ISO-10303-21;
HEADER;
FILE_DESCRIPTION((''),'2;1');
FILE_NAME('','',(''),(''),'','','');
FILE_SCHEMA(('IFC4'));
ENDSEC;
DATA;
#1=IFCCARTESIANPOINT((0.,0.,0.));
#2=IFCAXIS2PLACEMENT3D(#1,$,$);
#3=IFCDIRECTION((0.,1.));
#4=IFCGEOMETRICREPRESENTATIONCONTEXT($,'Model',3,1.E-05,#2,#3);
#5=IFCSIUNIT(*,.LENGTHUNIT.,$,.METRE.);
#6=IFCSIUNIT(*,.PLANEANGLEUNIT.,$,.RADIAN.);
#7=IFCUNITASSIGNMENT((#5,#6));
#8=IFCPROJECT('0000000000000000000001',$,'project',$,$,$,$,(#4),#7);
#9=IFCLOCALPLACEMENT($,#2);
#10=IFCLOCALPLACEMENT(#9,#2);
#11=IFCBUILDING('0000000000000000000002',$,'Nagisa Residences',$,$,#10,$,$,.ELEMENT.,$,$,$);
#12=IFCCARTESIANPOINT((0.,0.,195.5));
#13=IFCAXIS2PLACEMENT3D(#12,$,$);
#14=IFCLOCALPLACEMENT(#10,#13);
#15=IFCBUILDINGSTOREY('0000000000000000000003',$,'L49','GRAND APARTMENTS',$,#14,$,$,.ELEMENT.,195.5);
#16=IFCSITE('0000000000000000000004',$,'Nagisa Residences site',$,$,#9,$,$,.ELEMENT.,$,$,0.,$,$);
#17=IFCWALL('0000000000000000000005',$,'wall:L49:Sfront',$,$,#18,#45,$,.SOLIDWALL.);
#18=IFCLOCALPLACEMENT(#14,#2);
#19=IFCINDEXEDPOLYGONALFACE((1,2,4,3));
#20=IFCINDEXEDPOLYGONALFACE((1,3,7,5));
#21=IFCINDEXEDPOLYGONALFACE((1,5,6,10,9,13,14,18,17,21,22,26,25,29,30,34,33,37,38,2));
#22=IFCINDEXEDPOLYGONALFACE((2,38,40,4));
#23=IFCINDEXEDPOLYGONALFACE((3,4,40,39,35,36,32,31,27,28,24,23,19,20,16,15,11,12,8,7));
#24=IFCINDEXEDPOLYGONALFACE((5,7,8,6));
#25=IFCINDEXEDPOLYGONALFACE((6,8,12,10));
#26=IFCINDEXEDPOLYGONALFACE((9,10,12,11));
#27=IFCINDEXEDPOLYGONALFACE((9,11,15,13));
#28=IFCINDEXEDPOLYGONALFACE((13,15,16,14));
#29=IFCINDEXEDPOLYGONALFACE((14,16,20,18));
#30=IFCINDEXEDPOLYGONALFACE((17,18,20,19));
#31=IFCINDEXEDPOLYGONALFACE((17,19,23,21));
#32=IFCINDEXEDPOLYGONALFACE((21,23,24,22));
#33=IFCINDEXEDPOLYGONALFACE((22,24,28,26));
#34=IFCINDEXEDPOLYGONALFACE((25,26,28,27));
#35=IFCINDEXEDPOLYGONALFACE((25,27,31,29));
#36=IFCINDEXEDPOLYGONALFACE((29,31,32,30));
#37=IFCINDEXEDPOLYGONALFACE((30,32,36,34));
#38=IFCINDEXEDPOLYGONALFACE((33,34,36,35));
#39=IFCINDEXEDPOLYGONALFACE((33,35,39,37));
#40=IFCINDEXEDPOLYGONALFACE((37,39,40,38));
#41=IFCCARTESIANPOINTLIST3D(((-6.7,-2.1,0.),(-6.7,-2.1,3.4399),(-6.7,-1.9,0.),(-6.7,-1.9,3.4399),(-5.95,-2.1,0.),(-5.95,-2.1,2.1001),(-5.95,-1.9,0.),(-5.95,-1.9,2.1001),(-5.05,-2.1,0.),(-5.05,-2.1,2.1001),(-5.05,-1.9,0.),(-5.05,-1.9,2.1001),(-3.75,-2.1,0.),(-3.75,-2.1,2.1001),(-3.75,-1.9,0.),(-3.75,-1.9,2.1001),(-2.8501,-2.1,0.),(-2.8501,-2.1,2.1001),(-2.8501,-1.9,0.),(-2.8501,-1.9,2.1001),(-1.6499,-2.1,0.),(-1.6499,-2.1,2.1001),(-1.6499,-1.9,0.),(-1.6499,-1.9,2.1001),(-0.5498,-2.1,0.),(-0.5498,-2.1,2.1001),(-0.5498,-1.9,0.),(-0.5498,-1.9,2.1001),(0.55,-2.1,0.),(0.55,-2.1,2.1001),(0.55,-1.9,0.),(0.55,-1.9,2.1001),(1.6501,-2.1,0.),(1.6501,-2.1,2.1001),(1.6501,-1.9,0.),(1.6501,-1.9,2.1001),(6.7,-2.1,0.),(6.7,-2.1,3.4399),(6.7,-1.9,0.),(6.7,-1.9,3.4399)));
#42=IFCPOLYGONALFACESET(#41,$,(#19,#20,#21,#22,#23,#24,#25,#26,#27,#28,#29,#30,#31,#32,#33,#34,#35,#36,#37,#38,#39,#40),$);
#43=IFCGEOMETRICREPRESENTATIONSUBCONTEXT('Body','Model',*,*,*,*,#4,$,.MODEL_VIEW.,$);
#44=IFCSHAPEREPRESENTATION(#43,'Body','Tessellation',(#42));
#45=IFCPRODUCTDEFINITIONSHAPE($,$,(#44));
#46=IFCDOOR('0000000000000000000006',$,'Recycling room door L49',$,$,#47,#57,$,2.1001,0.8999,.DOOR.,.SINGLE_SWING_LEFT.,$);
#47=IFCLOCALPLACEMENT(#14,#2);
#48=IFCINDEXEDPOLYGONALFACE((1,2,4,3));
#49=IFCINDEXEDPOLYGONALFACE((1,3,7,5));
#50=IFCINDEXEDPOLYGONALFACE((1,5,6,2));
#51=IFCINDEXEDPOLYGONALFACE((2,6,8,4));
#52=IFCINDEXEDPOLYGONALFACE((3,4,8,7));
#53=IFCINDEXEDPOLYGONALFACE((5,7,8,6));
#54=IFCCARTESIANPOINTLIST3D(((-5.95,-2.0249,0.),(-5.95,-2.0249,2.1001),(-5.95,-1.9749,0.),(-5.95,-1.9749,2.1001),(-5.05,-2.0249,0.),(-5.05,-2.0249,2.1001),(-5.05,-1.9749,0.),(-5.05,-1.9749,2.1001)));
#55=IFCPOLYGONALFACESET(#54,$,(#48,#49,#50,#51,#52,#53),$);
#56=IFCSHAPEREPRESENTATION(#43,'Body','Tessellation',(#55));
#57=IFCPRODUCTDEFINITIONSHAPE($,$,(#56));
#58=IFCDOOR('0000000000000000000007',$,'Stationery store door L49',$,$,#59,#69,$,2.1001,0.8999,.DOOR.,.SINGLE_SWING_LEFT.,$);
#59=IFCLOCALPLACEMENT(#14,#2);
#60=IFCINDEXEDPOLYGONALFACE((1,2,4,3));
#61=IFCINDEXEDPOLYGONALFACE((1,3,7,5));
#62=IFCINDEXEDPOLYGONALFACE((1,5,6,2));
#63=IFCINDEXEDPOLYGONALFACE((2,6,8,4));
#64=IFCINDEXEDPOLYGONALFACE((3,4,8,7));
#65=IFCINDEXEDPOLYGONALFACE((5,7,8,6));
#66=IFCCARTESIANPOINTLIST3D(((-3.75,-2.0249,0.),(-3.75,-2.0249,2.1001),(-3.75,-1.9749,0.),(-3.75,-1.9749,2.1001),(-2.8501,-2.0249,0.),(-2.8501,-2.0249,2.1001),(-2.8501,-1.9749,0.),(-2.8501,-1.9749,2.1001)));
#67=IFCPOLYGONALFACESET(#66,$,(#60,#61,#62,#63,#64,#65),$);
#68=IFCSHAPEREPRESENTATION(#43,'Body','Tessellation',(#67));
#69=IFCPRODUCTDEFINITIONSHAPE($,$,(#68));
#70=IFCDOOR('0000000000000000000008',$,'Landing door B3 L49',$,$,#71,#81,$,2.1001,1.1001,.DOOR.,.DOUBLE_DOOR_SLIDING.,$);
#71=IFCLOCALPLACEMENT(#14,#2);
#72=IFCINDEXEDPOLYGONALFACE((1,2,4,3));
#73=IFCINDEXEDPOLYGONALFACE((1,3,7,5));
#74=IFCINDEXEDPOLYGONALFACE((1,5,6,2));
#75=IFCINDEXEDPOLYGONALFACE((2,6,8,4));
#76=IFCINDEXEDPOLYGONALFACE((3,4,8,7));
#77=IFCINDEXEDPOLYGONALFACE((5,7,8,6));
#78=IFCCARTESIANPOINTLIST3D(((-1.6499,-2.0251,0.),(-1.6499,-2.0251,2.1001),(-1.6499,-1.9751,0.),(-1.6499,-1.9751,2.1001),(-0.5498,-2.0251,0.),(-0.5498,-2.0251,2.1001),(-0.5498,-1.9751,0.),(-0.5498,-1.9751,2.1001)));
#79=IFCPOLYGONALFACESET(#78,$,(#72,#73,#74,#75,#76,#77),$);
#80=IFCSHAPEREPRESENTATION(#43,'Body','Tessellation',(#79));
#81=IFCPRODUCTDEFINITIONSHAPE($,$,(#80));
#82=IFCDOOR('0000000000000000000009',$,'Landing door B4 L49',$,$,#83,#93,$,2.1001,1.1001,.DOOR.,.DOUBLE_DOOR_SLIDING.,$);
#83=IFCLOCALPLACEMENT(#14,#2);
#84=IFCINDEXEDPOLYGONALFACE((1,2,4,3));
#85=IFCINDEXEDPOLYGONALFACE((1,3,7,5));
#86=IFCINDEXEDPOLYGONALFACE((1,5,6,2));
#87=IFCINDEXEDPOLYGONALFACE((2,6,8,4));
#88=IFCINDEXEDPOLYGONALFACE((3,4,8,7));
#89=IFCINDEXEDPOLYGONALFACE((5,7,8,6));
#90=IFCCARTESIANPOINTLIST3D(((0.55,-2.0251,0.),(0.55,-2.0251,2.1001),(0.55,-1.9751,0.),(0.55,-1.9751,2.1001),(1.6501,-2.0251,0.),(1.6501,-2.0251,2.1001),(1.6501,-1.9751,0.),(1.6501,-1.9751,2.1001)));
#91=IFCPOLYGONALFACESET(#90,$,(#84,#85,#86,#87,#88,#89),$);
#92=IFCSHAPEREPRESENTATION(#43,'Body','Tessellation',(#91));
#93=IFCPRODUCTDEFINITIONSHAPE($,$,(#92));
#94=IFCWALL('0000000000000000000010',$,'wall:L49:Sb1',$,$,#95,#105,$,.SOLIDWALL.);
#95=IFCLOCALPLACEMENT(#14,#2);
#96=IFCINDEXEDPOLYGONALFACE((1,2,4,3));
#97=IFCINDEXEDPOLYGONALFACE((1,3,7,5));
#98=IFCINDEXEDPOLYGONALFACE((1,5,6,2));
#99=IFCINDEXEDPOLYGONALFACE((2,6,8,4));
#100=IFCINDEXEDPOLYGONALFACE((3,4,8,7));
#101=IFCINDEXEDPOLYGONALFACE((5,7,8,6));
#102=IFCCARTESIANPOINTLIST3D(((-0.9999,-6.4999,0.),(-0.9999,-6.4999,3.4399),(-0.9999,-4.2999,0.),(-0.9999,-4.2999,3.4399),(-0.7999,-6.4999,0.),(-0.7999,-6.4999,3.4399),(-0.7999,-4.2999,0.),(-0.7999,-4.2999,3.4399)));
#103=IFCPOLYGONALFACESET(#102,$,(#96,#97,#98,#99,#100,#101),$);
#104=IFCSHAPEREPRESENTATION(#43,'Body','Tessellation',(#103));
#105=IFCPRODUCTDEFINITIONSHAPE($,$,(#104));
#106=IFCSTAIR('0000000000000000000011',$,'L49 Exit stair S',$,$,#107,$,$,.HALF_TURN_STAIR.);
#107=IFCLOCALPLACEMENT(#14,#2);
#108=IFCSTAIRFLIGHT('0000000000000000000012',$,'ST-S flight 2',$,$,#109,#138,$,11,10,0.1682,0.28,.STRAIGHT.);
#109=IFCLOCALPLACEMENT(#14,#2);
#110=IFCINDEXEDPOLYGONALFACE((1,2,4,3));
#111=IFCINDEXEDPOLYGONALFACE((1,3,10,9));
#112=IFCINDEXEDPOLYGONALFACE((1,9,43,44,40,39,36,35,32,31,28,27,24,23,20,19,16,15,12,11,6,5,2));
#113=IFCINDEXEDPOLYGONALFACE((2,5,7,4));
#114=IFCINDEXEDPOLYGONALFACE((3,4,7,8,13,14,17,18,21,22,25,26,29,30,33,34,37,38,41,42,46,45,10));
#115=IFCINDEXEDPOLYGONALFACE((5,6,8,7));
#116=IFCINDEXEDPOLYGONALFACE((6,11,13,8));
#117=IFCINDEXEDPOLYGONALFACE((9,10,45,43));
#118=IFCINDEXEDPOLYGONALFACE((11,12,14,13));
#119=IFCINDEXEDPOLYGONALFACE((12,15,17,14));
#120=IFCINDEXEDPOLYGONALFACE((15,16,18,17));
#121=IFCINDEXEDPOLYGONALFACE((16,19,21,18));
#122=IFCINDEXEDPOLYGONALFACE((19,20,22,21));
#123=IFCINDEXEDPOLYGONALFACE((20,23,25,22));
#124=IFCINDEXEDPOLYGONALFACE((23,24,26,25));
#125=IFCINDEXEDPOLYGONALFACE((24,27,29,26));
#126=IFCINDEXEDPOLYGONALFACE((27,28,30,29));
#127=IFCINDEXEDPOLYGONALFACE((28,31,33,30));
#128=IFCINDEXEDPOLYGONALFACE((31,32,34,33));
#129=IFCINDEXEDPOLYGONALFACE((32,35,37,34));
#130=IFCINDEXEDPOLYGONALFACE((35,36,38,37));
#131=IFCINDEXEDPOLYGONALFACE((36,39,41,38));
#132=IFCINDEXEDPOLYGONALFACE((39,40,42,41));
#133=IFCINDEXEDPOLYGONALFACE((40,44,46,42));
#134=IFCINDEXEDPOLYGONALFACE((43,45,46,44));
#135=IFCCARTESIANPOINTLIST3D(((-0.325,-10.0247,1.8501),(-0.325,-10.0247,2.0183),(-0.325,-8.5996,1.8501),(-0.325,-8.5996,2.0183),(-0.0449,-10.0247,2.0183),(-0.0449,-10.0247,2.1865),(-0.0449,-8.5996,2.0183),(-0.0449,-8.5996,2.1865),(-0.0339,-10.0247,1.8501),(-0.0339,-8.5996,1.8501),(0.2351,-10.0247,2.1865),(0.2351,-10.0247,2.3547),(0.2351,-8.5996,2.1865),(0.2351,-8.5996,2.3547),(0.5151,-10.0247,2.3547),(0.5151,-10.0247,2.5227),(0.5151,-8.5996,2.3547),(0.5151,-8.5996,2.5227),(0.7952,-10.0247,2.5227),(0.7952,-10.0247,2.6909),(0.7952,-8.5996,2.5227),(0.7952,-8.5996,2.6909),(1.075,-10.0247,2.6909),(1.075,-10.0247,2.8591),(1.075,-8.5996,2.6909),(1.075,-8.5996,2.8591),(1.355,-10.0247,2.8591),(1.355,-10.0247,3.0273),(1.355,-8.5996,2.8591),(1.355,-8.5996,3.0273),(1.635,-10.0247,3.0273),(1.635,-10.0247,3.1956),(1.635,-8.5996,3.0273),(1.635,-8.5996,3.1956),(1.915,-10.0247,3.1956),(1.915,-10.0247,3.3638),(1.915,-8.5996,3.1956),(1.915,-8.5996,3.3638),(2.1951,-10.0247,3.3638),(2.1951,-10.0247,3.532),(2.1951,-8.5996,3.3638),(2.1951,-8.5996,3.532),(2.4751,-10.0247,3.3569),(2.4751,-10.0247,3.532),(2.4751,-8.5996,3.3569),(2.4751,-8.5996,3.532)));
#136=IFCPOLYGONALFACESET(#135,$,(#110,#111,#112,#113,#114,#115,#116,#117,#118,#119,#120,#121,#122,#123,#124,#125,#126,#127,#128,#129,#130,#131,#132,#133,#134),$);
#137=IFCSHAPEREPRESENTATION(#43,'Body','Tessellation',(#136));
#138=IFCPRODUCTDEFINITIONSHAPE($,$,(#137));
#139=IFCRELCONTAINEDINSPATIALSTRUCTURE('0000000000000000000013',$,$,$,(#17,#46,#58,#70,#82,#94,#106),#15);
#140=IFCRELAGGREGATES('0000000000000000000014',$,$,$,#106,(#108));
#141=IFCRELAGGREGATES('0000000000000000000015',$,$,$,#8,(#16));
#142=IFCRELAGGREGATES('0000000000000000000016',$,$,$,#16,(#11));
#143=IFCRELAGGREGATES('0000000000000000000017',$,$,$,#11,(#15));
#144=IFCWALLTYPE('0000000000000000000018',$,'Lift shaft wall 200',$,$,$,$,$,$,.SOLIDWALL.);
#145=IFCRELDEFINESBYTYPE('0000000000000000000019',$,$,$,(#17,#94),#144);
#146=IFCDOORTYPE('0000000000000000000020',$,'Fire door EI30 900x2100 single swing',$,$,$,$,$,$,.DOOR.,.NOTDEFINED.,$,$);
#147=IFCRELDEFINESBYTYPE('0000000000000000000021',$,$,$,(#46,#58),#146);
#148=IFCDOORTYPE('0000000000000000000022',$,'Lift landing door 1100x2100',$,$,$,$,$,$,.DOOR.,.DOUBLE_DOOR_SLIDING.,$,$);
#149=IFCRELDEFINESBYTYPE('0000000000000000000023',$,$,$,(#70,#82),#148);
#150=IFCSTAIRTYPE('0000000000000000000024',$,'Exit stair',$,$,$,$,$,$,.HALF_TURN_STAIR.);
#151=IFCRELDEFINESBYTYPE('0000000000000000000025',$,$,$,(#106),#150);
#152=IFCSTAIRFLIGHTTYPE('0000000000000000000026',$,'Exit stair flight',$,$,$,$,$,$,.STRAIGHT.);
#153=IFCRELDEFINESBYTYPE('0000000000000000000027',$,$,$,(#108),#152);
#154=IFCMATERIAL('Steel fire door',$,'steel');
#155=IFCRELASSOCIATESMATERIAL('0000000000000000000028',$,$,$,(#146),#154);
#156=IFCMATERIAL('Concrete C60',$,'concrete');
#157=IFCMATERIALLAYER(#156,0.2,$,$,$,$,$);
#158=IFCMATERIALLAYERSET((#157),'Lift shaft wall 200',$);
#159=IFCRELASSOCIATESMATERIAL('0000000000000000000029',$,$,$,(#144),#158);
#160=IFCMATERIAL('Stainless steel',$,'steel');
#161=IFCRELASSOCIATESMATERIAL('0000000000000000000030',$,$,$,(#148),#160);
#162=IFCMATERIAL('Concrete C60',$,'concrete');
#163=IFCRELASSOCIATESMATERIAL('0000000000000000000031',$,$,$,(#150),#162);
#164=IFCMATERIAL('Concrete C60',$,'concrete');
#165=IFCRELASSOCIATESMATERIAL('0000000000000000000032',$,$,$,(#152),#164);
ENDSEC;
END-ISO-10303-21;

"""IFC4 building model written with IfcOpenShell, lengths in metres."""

from ifc_helpers import new_model, si_unit, direction, frame, frame_2d, origin, place, context, subcontext, project, spatial, polyline, rectangle, outline, extrude, material, layer, layer_set, type_object, element, fill, aggregate, save


model = new_model("IFC4")

# Units and contexts
model_context = context("Model", 3, precision=1e-05, world=origin(), true_north=direction((0.0, 1.0)))
body_context = subcontext(model_context, "Body", "Model", "MODEL_VIEW")
ifc_project = project(units=[si_unit("LENGTHUNIT", "METRE"), si_unit("PLANEANGLEUNIT", "RADIAN")], contexts=[model_context])

# Site, building, storey
site_placement = place(None, origin())
site = spatial("IfcSite", under=ifc_project, at=site_placement, Name="Nagisa Residences site", CompositionType="ELEMENT", RefElevation=0.0)
building_placement = place(site_placement, origin())
building = spatial("IfcBuilding", under=site, at=building_placement, Name="Nagisa Residences", CompositionType="ELEMENT")
storey_placement = place(building_placement, frame((0.0, 0.0, 195.5)))
storey = spatial("IfcBuildingStorey", under=building, at=storey_placement, Name="L49", Description="GRAND APARTMENTS", CompositionType="ELEMENT", Elevation=195.5)

# Shared definitions
ifc_material_1 = material(Name="Steel fire door", Category="steel")
door_type_1 = type_object("IfcDoorType", Name="Fire door EI30 900x2100 single swing", OperationType="NOTDEFINED", PredefinedType="DOOR", material=ifc_material_1)

# Shared definitions
ifc_material_2 = material(Name="Concrete C60", Category="concrete")
ifc_layer_1 = layer(ifc_material_2, 0.2)
ifc_layer_set_1 = layer_set([ifc_layer_1], Name="Lift shaft wall 200")
wall_type_1 = type_object("IfcWallType", Name="Lift shaft wall 200", PredefinedType="SOLIDWALL", material=ifc_layer_set_1)

# Wall, openings, doors
wall_1_placement = place(storey_placement, frame((-6.7, -2.0, 0.0), z_axis=(0.0, 0.0, 1.0), x_axis=(1.0, 0.0, 0.0)))
wall_1 = element("IfcWall", 1, at=wall_1_placement, inside=storey, type_object=wall_type_1, Name="wall:L49:Sfront", PredefinedType="SOLIDWALL", context=body_context, shape_type="SweptSolid", body=[
    extrude(rectangle(XDim=13.3999, YDim=0.2, at=frame_2d((6.7, 0.0))), origin(), (0.0, 0.0, 1.0), 3.4399),
])
opening_1_placement = place(wall_1_placement, frame((5.05, 0.0, 0.0)))
opening_1 = element("IfcOpeningElement", 2, at=opening_1_placement, cuts=wall_1, PredefinedType="OPENING", context=body_context, shape_type="SweptSolid", body=[
    extrude(rectangle(XDim=1.1001, YDim=2.1001, at=frame_2d((0.55, 1.05))), frame((0.0, 0.1099, 0.0), z_axis=(0.0, -1.0, 0.0), x_axis=(1.0, 0.0, 0.0)), (0.0, 0.0, 1.0), 0.22),
])
opening_2_placement = place(wall_1_placement, frame((7.25, 0.0, 0.0)))
opening_2 = element("IfcOpeningElement", 3, at=opening_2_placement, cuts=wall_1, PredefinedType="OPENING", context=body_context, shape_type="SweptSolid", body=[
    extrude(rectangle(XDim=1.1001, YDim=2.1001, at=frame_2d((0.55, 1.05))), frame((0.0, 0.1099, 0.0), z_axis=(0.0, -1.0, 0.0), x_axis=(1.0, 0.0, 0.0)), (0.0, 0.0, 1.0), 0.22),
])
opening_3_placement = place(wall_1_placement, frame((0.75, 0.0, 0.0)))
opening_3 = element("IfcOpeningElement", 4, at=opening_3_placement, cuts=wall_1, PredefinedType="OPENING", context=body_context, shape_type="SweptSolid", body=[
    extrude(rectangle(XDim=0.8999, YDim=2.1001, at=frame_2d((0.45, 1.05))), frame((0.0, 0.1099, 0.0), z_axis=(0.0, -1.0, 0.0), x_axis=(1.0, 0.0, 0.0)), (0.0, 0.0, 1.0), 0.22),
])
opening_4_placement = place(wall_1_placement, frame((2.95, 0.0, 0.0)))
opening_4 = element("IfcOpeningElement", 5, at=opening_4_placement, cuts=wall_1, PredefinedType="OPENING", context=body_context, shape_type="SweptSolid", body=[
    extrude(rectangle(XDim=0.8999, YDim=2.1001, at=frame_2d((0.45, 1.05))), frame((0.0, 0.1099, 0.0), z_axis=(0.0, -1.0, 0.0), x_axis=(1.0, 0.0, 0.0)), (0.0, 0.0, 1.0), 0.22),
])
door_1_placement = place(opening_3_placement, frame((0.8999, 0.0, 0.0), x_axis=(-1.0, 0.0, 0.0)))
door_1 = element("IfcDoor", 6, at=door_1_placement, inside=storey, type_object=door_type_1, Name="Recycling room door L49", OperationType="SINGLE_SWING_LEFT", OverallHeight=2.1001, OverallWidth=0.8999, PredefinedType="DOOR", context=body_context, shape_type="SweptSolid", body=[
    extrude(rectangle(XDim=0.8999, YDim=2.1001, at=frame_2d((0.45, 1.05))), frame((0.0, 0.0249, 0.0), z_axis=(0.0, -1.0, 0.0), x_axis=(1.0, 0.0, 0.0)), (0.0, 0.0, 1.0), 0.05),
])
fill(opening_3, door_1)
door_2_placement = place(opening_4_placement, frame((0.8999, 0.0, 0.0), x_axis=(-1.0, 0.0, 0.0)))
door_2 = element("IfcDoor", 7, at=door_2_placement, inside=storey, type_object=door_type_1, Name="Stationery store door L49", OperationType="SINGLE_SWING_LEFT", OverallHeight=2.1001, OverallWidth=0.8999, PredefinedType="DOOR", context=body_context, shape_type="SweptSolid", body=[
    extrude(rectangle(XDim=0.8999, YDim=2.1001, at=frame_2d((0.45, 1.05))), frame((0.0, 0.0249, 0.0), z_axis=(0.0, -1.0, 0.0), x_axis=(1.0, 0.0, 0.0)), (0.0, 0.0, 1.0), 0.05),
])
fill(opening_4, door_2)
ifc_material_3 = material(Name="Stainless steel", Category="steel")
door_type_2 = type_object("IfcDoorType", Name="Lift landing door 1100x2100", OperationType="DOUBLE_DOOR_SLIDING", PredefinedType="DOOR", material=ifc_material_3)
door_3_placement = place(opening_1_placement, origin())
door_3 = element("IfcDoor", 8, at=door_3_placement, inside=storey, type_object=door_type_2, Name="Landing door B3 L49", OperationType="DOUBLE_DOOR_SLIDING", OverallHeight=2.1001, OverallWidth=1.1001, PredefinedType="DOOR", context=body_context, shape_type="SweptSolid", body=[
    extrude(rectangle(XDim=1.1001, YDim=2.1001, at=frame_2d((0.55, 1.05))), frame((0.0, 0.0249, 0.0), z_axis=(0.0, -1.0, 0.0), x_axis=(1.0, 0.0, 0.0)), (0.0, 0.0, 1.0), 0.05),
])
fill(opening_1, door_3)
door_4_placement = place(opening_2_placement, origin())
door_4 = element("IfcDoor", 9, at=door_4_placement, inside=storey, type_object=door_type_2, Name="Landing door B4 L49", OperationType="DOUBLE_DOOR_SLIDING", OverallHeight=2.1001, OverallWidth=1.1001, PredefinedType="DOOR", context=body_context, shape_type="SweptSolid", body=[
    extrude(rectangle(XDim=1.1001, YDim=2.1001, at=frame_2d((0.55, 1.05))), frame((0.0, 0.0249, 0.0), z_axis=(0.0, -1.0, 0.0), x_axis=(1.0, 0.0, 0.0)), (0.0, 0.0, 1.0), 0.05),
])
fill(opening_2, door_4)

# Wall
wall_2_placement = place(storey_placement, frame((-0.8999, -6.5, 0.0), z_axis=(0.0, 0.0, 1.0), x_axis=(0.0, 1.0, 0.0)))
element("IfcWall", 10, at=wall_2_placement, inside=storey, type_object=wall_type_1, Name="wall:L49:Sb1", PredefinedType="SOLIDWALL", context=body_context, shape_type="SweptSolid", body=[
    extrude(rectangle(XDim=2.2, YDim=0.2, at=frame_2d((1.1001, 0.0))), origin(), (0.0, 0.0, 1.0), 3.4399),
])

# Stair, stair flight
ifc_material_4 = material(Name="Concrete C60", Category="concrete")
stair_type = type_object("IfcStairType", Name="Exit stair", PredefinedType="HALF_TURN_STAIR", material=ifc_material_4)
stair_placement = place(storey_placement, origin())
stair = element("IfcStair", 11, at=stair_placement, inside=storey, type_object=stair_type, Name="L49 Exit stair S", PredefinedType="HALF_TURN_STAIR")
ifc_material_5 = material(Name="Concrete C60", Category="concrete")
stair_flight_type = type_object("IfcStairFlightType", Name="Exit stair flight", PredefinedType="STRAIGHT", material=ifc_material_5)
stair_flight_placement = place(storey_placement, frame((-0.325, -9.312, 1.8501), z_axis=(0.0, 0.0, 1.0), x_axis=(1.0, 0.0, 0.0)))
stair_flight = element("IfcStairFlight", 12, at=stair_flight_placement, type_object=stair_flight_type, Name="ST-S flight 2", NumberOfRisers=11, NumberOfTreads=10, PredefinedType="STRAIGHT", RiserHeight=0.1682, TreadLength=0.28, context=body_context, shape_type="SweptSolid", body=[
    extrude(outline(polyline([(0.0, 0.0), (0.0, 0.1682), (0.28, 0.1682), (0.28, 0.3364), (0.5601, 0.3364), (0.5601, 0.5046), (0.8401, 0.5046), (0.8401, 0.6726), (1.1201, 0.6726), (1.1201, 0.8408), (1.3999, 0.8408), (1.3999, 1.009), (1.6799, 1.009), (1.6799, 1.1772), (1.96, 1.1772), (1.96, 1.3455), (2.24, 1.3455), (2.24, 1.5137), (2.52, 1.5137), (2.52, 1.6819), (2.8, 1.6819), (2.8, 1.8501), (2.8, 1.5068), (0.291, 0.0), (0.0, 0.0)])), frame((0.0, 0.7124, 0.0), z_axis=(0.0, -1.0, 0.0), x_axis=(1.0, 0.0, 0.0)), (0.0, 0.0, 1.0), 1.425),
])
aggregate(stair, [stair_flight])

save(model, "model.ifc")
